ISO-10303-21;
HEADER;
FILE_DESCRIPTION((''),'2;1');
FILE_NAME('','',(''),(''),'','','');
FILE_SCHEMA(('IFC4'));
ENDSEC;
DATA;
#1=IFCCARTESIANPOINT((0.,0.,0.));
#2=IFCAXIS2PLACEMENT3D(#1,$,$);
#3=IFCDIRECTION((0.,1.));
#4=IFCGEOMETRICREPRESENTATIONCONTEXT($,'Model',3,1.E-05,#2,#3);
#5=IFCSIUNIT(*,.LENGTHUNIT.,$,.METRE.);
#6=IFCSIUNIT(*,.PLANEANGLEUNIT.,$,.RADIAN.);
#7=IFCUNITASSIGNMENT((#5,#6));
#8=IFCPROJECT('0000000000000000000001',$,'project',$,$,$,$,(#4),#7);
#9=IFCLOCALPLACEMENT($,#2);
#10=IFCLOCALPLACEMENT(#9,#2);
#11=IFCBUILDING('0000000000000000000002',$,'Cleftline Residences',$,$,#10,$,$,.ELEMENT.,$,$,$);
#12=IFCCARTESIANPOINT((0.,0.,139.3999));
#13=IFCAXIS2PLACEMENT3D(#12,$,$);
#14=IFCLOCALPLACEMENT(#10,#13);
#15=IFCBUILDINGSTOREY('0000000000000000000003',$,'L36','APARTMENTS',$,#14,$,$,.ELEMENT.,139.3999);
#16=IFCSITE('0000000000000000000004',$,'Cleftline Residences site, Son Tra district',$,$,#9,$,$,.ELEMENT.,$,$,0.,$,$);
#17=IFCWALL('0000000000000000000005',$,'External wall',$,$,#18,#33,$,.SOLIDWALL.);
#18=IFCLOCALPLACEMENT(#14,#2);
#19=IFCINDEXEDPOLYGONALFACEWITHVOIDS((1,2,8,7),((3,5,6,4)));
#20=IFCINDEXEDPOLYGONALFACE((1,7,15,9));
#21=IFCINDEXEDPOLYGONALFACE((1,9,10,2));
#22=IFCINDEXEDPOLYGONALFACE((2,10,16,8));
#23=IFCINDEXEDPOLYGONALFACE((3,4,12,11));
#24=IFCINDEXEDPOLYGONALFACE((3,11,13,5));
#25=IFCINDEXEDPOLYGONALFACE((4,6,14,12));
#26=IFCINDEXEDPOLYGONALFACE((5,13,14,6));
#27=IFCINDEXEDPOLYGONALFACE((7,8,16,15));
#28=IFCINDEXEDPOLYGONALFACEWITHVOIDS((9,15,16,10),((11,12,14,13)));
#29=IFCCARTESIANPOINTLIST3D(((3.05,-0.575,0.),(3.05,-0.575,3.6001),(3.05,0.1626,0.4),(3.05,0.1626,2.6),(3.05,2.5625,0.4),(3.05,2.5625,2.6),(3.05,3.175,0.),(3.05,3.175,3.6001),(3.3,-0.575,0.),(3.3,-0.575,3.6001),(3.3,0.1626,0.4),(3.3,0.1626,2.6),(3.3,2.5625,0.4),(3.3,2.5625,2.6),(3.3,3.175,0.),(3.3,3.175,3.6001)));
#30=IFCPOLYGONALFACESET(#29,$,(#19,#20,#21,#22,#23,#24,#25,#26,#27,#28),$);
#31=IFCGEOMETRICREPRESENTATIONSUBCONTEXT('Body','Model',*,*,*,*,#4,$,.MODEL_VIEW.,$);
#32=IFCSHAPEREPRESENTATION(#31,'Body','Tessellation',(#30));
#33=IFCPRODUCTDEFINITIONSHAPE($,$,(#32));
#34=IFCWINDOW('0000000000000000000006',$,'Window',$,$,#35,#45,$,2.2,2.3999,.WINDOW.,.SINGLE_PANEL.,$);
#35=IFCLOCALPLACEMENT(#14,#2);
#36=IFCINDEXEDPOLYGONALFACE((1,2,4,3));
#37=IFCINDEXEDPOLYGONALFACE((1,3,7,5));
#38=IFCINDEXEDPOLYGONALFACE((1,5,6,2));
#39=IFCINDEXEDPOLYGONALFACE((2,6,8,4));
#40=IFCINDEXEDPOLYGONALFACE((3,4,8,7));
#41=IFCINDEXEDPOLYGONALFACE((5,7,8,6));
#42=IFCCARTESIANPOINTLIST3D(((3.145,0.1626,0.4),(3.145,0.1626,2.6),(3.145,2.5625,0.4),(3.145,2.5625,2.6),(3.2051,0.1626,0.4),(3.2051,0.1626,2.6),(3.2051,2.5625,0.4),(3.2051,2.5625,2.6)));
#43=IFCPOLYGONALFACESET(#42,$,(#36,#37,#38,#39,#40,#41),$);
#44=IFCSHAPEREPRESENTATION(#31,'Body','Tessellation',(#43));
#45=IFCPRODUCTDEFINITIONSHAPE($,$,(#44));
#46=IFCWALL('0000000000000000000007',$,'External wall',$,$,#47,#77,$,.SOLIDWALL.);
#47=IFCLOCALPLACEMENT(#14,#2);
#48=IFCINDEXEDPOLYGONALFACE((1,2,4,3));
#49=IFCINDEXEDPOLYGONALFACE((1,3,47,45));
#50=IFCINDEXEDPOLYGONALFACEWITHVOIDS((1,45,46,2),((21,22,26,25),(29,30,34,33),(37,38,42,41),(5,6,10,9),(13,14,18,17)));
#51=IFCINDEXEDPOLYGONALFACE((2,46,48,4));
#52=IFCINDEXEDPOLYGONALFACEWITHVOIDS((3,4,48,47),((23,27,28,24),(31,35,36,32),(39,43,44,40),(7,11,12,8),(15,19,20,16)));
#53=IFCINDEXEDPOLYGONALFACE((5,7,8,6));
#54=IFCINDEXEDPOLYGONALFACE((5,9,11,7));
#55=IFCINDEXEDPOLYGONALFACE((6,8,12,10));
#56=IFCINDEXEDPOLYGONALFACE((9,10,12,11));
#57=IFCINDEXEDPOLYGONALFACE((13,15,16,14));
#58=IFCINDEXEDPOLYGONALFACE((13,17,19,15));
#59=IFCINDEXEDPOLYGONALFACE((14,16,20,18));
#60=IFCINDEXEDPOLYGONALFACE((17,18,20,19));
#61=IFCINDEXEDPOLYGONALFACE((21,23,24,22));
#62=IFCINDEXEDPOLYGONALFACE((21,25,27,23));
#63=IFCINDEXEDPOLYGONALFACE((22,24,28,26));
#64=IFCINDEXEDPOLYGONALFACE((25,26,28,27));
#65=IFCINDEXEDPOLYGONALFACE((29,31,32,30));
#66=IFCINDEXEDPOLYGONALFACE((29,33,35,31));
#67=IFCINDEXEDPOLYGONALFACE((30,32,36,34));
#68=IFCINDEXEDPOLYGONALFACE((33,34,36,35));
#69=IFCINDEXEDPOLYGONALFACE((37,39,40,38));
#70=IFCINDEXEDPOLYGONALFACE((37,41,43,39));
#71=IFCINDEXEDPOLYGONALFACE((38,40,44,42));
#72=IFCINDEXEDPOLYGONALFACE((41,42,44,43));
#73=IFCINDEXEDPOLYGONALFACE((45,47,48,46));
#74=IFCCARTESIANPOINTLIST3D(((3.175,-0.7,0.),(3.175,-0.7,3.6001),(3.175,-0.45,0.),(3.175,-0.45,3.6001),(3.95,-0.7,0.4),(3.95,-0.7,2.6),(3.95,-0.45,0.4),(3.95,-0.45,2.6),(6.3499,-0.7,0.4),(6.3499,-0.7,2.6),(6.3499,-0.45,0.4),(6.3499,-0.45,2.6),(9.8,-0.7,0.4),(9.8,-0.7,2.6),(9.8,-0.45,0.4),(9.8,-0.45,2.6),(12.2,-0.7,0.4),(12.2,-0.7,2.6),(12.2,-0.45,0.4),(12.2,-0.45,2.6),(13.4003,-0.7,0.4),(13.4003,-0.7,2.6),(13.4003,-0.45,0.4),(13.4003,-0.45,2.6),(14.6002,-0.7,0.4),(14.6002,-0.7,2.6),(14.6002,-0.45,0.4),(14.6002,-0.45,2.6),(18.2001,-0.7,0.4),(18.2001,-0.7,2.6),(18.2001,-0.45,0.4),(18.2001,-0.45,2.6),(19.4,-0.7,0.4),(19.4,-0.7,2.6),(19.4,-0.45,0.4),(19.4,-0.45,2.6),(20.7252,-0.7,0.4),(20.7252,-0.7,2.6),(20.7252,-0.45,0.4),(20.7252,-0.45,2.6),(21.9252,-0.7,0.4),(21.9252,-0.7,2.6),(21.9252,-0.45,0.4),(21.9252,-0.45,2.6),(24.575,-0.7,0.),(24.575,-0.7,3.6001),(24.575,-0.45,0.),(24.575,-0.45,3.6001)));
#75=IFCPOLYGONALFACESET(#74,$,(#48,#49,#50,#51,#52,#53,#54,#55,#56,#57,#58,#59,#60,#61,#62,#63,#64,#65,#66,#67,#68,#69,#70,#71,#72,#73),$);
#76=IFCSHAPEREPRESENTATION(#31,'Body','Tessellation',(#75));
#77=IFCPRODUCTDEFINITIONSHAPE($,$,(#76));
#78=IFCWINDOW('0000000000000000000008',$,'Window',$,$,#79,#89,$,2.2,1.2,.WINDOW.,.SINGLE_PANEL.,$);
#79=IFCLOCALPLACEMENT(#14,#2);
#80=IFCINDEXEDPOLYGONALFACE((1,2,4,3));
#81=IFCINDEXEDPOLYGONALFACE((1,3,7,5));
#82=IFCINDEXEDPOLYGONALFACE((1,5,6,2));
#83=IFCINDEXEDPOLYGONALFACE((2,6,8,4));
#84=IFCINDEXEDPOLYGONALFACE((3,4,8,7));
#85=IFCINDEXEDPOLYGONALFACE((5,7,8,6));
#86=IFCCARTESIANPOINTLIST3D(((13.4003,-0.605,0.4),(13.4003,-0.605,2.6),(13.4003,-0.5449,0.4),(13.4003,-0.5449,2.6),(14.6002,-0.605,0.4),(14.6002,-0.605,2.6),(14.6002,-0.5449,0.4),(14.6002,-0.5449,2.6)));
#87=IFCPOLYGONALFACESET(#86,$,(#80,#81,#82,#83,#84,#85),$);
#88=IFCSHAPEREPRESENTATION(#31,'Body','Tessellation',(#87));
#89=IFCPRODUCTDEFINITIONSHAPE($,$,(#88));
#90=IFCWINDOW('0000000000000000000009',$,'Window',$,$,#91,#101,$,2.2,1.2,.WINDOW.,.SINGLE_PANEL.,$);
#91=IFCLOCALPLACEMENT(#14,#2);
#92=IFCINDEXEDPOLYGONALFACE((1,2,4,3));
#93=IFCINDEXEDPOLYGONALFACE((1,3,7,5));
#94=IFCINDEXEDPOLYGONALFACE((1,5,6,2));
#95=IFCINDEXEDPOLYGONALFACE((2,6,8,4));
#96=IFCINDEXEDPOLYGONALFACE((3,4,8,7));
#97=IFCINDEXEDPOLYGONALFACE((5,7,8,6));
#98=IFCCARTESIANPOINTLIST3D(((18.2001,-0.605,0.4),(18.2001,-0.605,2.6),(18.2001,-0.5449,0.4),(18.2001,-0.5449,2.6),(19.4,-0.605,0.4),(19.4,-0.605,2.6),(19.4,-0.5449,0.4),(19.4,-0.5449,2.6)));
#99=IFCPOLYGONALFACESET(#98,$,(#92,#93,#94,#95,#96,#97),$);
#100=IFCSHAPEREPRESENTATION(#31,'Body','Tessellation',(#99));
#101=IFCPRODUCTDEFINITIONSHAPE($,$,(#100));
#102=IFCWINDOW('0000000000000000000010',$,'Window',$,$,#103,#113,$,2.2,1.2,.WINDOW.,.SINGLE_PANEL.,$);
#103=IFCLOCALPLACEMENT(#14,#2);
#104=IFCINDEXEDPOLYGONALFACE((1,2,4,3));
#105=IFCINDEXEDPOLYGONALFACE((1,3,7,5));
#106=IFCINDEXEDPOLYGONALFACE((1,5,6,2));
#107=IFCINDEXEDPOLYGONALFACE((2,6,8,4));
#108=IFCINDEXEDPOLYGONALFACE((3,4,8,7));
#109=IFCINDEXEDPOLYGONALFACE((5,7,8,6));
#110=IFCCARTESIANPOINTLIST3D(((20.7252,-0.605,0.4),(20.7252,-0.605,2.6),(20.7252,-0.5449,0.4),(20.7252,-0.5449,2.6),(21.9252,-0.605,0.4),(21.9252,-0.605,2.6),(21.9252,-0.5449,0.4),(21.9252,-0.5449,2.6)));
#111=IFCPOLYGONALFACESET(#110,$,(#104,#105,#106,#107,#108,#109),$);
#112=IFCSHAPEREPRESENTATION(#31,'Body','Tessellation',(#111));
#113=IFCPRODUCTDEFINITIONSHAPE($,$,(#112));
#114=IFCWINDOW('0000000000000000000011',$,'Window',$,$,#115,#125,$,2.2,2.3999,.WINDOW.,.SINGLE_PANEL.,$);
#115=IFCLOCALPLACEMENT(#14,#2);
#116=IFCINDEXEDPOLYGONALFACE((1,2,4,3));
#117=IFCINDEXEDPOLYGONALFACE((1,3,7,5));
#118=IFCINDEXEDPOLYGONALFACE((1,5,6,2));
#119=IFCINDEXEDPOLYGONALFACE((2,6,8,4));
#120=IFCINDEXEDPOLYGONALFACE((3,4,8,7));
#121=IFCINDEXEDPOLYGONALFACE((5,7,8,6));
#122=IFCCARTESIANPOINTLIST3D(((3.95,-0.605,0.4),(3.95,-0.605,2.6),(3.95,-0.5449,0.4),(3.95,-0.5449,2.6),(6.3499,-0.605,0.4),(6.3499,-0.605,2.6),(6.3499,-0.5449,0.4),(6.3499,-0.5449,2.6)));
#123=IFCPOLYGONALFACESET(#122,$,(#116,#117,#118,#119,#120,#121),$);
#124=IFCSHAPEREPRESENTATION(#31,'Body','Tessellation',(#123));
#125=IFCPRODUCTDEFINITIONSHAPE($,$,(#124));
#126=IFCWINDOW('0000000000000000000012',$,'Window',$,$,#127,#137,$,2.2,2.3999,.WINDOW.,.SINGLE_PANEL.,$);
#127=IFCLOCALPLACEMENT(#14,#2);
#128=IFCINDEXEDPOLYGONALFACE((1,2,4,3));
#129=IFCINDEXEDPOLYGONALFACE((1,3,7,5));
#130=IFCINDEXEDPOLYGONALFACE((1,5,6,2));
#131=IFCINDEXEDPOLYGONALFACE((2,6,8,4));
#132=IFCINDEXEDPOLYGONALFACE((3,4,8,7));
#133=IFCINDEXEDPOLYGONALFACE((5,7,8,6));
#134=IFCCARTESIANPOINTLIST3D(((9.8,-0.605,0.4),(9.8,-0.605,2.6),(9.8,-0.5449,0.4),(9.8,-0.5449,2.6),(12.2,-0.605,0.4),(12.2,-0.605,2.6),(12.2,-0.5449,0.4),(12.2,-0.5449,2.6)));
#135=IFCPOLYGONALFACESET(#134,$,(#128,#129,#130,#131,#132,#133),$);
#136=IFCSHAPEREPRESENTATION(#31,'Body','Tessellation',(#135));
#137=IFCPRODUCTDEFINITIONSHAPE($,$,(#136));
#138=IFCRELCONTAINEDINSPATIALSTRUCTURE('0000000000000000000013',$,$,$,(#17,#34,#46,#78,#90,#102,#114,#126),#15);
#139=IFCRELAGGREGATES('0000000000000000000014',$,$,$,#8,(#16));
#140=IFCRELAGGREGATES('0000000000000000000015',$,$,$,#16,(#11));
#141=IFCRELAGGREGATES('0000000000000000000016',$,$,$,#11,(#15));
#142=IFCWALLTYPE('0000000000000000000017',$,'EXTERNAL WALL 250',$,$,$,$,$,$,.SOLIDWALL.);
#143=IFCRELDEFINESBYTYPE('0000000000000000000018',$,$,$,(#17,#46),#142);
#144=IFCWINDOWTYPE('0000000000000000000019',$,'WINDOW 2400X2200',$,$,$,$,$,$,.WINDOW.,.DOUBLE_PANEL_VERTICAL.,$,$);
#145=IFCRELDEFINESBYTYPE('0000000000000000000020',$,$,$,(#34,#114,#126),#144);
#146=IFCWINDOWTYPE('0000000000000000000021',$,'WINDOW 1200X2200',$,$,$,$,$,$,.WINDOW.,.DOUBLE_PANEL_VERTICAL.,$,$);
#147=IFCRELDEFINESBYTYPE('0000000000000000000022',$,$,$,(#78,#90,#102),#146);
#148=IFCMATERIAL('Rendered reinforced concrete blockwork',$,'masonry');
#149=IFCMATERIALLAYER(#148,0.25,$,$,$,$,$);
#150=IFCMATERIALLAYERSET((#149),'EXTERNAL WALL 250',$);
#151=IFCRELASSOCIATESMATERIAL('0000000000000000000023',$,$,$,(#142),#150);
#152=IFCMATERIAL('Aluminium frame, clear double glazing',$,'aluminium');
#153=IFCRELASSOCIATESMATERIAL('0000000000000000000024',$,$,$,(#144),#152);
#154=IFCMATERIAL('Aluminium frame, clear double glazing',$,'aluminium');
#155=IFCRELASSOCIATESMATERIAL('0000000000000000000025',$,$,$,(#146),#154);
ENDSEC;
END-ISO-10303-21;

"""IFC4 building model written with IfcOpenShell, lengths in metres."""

from ifc_helpers import new_model, si_unit, direction, frame, frame_2d, origin, place, context, subcontext, project, spatial, rectangle, extrude, material, layer, layer_set, type_object, element, fill, save


model = new_model("IFC4")

# Units and contexts
model_context = context("Model", 3, precision=1e-05, world=origin(), true_north=direction((0.0, 1.0)))
body_context = subcontext(model_context, "Body", "Model", "MODEL_VIEW")
ifc_project = project(units=[si_unit("LENGTHUNIT", "METRE"), si_unit("PLANEANGLEUNIT", "RADIAN")], contexts=[model_context])

# Site, building, storey
site_placement = place(None, origin())
site = spatial("IfcSite", under=ifc_project, at=site_placement, Name="Cleftline Residences site, Son Tra district", CompositionType="ELEMENT", RefElevation=0.0)
building_placement = place(site_placement, origin())
building = spatial("IfcBuilding", under=site, at=building_placement, Name="Cleftline Residences", CompositionType="ELEMENT")
storey_placement = place(building_placement, frame((0.0, 0.0, 139.3999)))
storey = spatial("IfcBuildingStorey", under=building, at=storey_placement, Name="L36", Description="APARTMENTS", CompositionType="ELEMENT", Elevation=139.3999)

# Wall, opening, window
ifc_material_1 = material(Name="Rendered reinforced concrete blockwork", Category="masonry")
ifc_layer_1 = layer(ifc_material_1, 0.25)
ifc_layer_set_1 = layer_set([ifc_layer_1], Name="EXTERNAL WALL 250")
wall_type_1 = type_object("IfcWallType", Name="EXTERNAL WALL 250", PredefinedType="SOLIDWALL", material=ifc_layer_set_1)
wall_1_placement = place(storey_placement, frame((3.175, 3.175, 0.0), z_axis=(0.0, 0.0, 1.0), x_axis=(0.0, -1.0, 0.0)))
wall_1 = element("IfcWall", 1, at=wall_1_placement, inside=storey, type_object=wall_type_1, Name="External wall", PredefinedType="SOLIDWALL", context=body_context, shape_type="SweptSolid", body=[
    extrude(rectangle(XDim=3.75, YDim=0.25, at=frame_2d((1.875, 0.0))), origin(), (0.0, 0.0, 1.0), 3.6001),
])
opening_1_placement = place(wall_1_placement, frame((0.6125, 0.0, 0.3999)))
opening_1 = element("IfcOpeningElement", 2, at=opening_1_placement, cuts=wall_1, PredefinedType="OPENING", context=body_context, shape_type="SweptSolid", body=[
    extrude(rectangle(XDim=2.3999, YDim=2.2, at=frame_2d((1.2, 1.1001))), frame((0.0, 0.135, 0.0), z_axis=(0.0, -1.0, 0.0), x_axis=(1.0, 0.0, 0.0)), (0.0, 0.0, 1.0), 0.27),
])
ifc_material_2 = material(Name="Aluminium frame, clear double glazing", Category="aluminium")
window_type_1 = type_object("IfcWindowType", Name="WINDOW 2400X2200", PartitioningType="DOUBLE_PANEL_VERTICAL", PredefinedType="WINDOW", material=ifc_material_2)
window_1_placement = place(opening_1_placement, origin())
window_1 = element("IfcWindow", 3, at=window_1_placement, inside=storey, type_object=window_type_1, Name="Window", OverallHeight=2.2, OverallWidth=2.3999, PartitioningType="SINGLE_PANEL", PredefinedType="WINDOW", context=body_context, shape_type="SweptSolid", body=[
    extrude(rectangle(XDim=2.3999, YDim=2.2, at=frame_2d((1.2, 1.1001))), frame((0.0, 0.03, 0.0), z_axis=(0.0, -1.0, 0.0), x_axis=(1.0, 0.0, 0.0)), (0.0, 0.0, 1.0), 0.0601),
])
fill(opening_1, window_1)

# Wall, openings, windows
wall_2_placement = place(storey_placement, frame((3.175, -0.575, 0.0), z_axis=(0.0, 0.0, 1.0), x_axis=(1.0, 0.0, 0.0)))
wall_2 = element("IfcWall", 4, at=wall_2_placement, inside=storey, type_object=wall_type_1, Name="External wall", PredefinedType="SOLIDWALL", context=body_context, shape_type="SweptSolid", body=[
    extrude(rectangle(XDim=21.3999, YDim=0.25, at=frame_2d((10.7, 0.0))), origin(), (0.0, 0.0, 1.0), 3.6001),
])
opening_2_placement = place(wall_2_placement, frame((0.7749, 0.0, 0.3999)))
opening_2 = element("IfcOpeningElement", 5, at=opening_2_placement, cuts=wall_2, PredefinedType="OPENING", context=body_context, shape_type="SweptSolid", body=[
    extrude(rectangle(XDim=2.3999, YDim=2.2, at=frame_2d((1.2, 1.1001))), frame((0.0, 0.135, 0.0), z_axis=(0.0, -1.0, 0.0), x_axis=(1.0, 0.0, 0.0)), (0.0, 0.0, 1.0), 0.27),
])
opening_3_placement = place(wall_2_placement, frame((6.625, 0.0, 0.3999)))
opening_3 = element("IfcOpeningElement", 6, at=opening_3_placement, cuts=wall_2, PredefinedType="OPENING", context=body_context, shape_type="SweptSolid", body=[
    extrude(rectangle(XDim=2.3999, YDim=2.2, at=frame_2d((1.2, 1.1001))), frame((0.0, 0.135, 0.0), z_axis=(0.0, -1.0, 0.0), x_axis=(1.0, 0.0, 0.0)), (0.0, 0.0, 1.0), 0.27),
])
opening_4_placement = place(wall_2_placement, frame((10.2251, 0.0, 0.3999)))
opening_4 = element("IfcOpeningElement", 7, at=opening_4_placement, cuts=wall_2, PredefinedType="OPENING", context=body_context, shape_type="SweptSolid", body=[
    extrude(rectangle(XDim=1.2, YDim=2.2, at=frame_2d((0.6001, 1.1001))), frame((0.0, 0.135, 0.0), z_axis=(0.0, -1.0, 0.0), x_axis=(1.0, 0.0, 0.0)), (0.0, 0.0, 1.0), 0.27),
])
opening_5_placement = place(wall_2_placement, frame((15.0249, 0.0, 0.3999)))
opening_5 = element("IfcOpeningElement", 8, at=opening_5_placement, cuts=wall_2, PredefinedType="OPENING", context=body_context, shape_type="SweptSolid", body=[
    extrude(rectangle(XDim=1.2, YDim=2.2, at=frame_2d((0.6001, 1.1001))), frame((0.0, 0.135, 0.0), z_axis=(0.0, -1.0, 0.0), x_axis=(1.0, 0.0, 0.0)), (0.0, 0.0, 1.0), 0.27),
])
opening_6_placement = place(wall_2_placement, frame((17.55, 0.0, 0.3999)))
opening_6 = element("IfcOpeningElement", 9, at=opening_6_placement, cuts=wall_2, PredefinedType="OPENING", context=body_context, shape_type="SweptSolid", body=[
    extrude(rectangle(XDim=1.2, YDim=2.2, at=frame_2d((0.6001, 1.1001))), frame((0.0, 0.135, 0.0), z_axis=(0.0, -1.0, 0.0), x_axis=(1.0, 0.0, 0.0)), (0.0, 0.0, 1.0), 0.27),
])
ifc_material_3 = material(Name="Aluminium frame, clear double glazing", Category="aluminium")
window_type_2 = type_object("IfcWindowType", Name="WINDOW 1200X2200", PartitioningType="DOUBLE_PANEL_VERTICAL", PredefinedType="WINDOW", material=ifc_material_3)
window_2_placement = place(opening_4_placement, origin())
window_2 = element("IfcWindow", 10, at=window_2_placement, inside=storey, type_object=window_type_2, Name="Window", OverallHeight=2.2, OverallWidth=1.2, PartitioningType="SINGLE_PANEL", PredefinedType="WINDOW", context=body_context, shape_type="SweptSolid", body=[
    extrude(rectangle(XDim=1.2, YDim=2.2, at=frame_2d((0.6001, 1.1001))), frame((0.0, 0.03, 0.0), z_axis=(0.0, -1.0, 0.0), x_axis=(1.0, 0.0, 0.0)), (0.0, 0.0, 1.0), 0.0601),
])
fill(opening_4, window_2)
window_3_placement = place(opening_5_placement, origin())
window_3 = element("IfcWindow", 11, at=window_3_placement, inside=storey, type_object=window_type_2, Name="Window", OverallHeight=2.2, OverallWidth=1.2, PartitioningType="SINGLE_PANEL", PredefinedType="WINDOW", context=body_context, shape_type="SweptSolid", body=[
    extrude(rectangle(XDim=1.2, YDim=2.2, at=frame_2d((0.6001, 1.1001))), frame((0.0, 0.03, 0.0), z_axis=(0.0, -1.0, 0.0), x_axis=(1.0, 0.0, 0.0)), (0.0, 0.0, 1.0), 0.0601),
])
fill(opening_5, window_3)
window_4_placement = place(opening_6_placement, origin())
window_4 = element("IfcWindow", 12, at=window_4_placement, inside=storey, type_object=window_type_2, Name="Window", OverallHeight=2.2, OverallWidth=1.2, PartitioningType="SINGLE_PANEL", PredefinedType="WINDOW", context=body_context, shape_type="SweptSolid", body=[
    extrude(rectangle(XDim=1.2, YDim=2.2, at=frame_2d((0.6001, 1.1001))), frame((0.0, 0.03, 0.0), z_axis=(0.0, -1.0, 0.0), x_axis=(1.0, 0.0, 0.0)), (0.0, 0.0, 1.0), 0.0601),
])
fill(opening_6, window_4)
window_5_placement = place(opening_2_placement, origin())
window_5 = element("IfcWindow", 13, at=window_5_placement, inside=storey, type_object=window_type_1, Name="Window", OverallHeight=2.2, OverallWidth=2.3999, PartitioningType="SINGLE_PANEL", PredefinedType="WINDOW", context=body_context, shape_type="SweptSolid", body=[
    extrude(rectangle(XDim=2.3999, YDim=2.2, at=frame_2d((1.2, 1.1001))), frame((0.0, 0.03, 0.0), z_axis=(0.0, -1.0, 0.0), x_axis=(1.0, 0.0, 0.0)), (0.0, 0.0, 1.0), 0.0601),
])
fill(opening_2, window_5)
window_6_placement = place(opening_3_placement, origin())
window_6 = element("IfcWindow", 14, at=window_6_placement, inside=storey, type_object=window_type_1, Name="Window", OverallHeight=2.2, OverallWidth=2.3999, PartitioningType="SINGLE_PANEL", PredefinedType="WINDOW", context=body_context, shape_type="SweptSolid", body=[
    extrude(rectangle(XDim=2.3999, YDim=2.2, at=frame_2d((1.2, 1.1001))), frame((0.0, 0.03, 0.0), z_axis=(0.0, -1.0, 0.0), x_axis=(1.0, 0.0, 0.0)), (0.0, 0.0, 1.0), 0.0601),
])
fill(opening_3, window_6)

save(model, "model.ifc")
